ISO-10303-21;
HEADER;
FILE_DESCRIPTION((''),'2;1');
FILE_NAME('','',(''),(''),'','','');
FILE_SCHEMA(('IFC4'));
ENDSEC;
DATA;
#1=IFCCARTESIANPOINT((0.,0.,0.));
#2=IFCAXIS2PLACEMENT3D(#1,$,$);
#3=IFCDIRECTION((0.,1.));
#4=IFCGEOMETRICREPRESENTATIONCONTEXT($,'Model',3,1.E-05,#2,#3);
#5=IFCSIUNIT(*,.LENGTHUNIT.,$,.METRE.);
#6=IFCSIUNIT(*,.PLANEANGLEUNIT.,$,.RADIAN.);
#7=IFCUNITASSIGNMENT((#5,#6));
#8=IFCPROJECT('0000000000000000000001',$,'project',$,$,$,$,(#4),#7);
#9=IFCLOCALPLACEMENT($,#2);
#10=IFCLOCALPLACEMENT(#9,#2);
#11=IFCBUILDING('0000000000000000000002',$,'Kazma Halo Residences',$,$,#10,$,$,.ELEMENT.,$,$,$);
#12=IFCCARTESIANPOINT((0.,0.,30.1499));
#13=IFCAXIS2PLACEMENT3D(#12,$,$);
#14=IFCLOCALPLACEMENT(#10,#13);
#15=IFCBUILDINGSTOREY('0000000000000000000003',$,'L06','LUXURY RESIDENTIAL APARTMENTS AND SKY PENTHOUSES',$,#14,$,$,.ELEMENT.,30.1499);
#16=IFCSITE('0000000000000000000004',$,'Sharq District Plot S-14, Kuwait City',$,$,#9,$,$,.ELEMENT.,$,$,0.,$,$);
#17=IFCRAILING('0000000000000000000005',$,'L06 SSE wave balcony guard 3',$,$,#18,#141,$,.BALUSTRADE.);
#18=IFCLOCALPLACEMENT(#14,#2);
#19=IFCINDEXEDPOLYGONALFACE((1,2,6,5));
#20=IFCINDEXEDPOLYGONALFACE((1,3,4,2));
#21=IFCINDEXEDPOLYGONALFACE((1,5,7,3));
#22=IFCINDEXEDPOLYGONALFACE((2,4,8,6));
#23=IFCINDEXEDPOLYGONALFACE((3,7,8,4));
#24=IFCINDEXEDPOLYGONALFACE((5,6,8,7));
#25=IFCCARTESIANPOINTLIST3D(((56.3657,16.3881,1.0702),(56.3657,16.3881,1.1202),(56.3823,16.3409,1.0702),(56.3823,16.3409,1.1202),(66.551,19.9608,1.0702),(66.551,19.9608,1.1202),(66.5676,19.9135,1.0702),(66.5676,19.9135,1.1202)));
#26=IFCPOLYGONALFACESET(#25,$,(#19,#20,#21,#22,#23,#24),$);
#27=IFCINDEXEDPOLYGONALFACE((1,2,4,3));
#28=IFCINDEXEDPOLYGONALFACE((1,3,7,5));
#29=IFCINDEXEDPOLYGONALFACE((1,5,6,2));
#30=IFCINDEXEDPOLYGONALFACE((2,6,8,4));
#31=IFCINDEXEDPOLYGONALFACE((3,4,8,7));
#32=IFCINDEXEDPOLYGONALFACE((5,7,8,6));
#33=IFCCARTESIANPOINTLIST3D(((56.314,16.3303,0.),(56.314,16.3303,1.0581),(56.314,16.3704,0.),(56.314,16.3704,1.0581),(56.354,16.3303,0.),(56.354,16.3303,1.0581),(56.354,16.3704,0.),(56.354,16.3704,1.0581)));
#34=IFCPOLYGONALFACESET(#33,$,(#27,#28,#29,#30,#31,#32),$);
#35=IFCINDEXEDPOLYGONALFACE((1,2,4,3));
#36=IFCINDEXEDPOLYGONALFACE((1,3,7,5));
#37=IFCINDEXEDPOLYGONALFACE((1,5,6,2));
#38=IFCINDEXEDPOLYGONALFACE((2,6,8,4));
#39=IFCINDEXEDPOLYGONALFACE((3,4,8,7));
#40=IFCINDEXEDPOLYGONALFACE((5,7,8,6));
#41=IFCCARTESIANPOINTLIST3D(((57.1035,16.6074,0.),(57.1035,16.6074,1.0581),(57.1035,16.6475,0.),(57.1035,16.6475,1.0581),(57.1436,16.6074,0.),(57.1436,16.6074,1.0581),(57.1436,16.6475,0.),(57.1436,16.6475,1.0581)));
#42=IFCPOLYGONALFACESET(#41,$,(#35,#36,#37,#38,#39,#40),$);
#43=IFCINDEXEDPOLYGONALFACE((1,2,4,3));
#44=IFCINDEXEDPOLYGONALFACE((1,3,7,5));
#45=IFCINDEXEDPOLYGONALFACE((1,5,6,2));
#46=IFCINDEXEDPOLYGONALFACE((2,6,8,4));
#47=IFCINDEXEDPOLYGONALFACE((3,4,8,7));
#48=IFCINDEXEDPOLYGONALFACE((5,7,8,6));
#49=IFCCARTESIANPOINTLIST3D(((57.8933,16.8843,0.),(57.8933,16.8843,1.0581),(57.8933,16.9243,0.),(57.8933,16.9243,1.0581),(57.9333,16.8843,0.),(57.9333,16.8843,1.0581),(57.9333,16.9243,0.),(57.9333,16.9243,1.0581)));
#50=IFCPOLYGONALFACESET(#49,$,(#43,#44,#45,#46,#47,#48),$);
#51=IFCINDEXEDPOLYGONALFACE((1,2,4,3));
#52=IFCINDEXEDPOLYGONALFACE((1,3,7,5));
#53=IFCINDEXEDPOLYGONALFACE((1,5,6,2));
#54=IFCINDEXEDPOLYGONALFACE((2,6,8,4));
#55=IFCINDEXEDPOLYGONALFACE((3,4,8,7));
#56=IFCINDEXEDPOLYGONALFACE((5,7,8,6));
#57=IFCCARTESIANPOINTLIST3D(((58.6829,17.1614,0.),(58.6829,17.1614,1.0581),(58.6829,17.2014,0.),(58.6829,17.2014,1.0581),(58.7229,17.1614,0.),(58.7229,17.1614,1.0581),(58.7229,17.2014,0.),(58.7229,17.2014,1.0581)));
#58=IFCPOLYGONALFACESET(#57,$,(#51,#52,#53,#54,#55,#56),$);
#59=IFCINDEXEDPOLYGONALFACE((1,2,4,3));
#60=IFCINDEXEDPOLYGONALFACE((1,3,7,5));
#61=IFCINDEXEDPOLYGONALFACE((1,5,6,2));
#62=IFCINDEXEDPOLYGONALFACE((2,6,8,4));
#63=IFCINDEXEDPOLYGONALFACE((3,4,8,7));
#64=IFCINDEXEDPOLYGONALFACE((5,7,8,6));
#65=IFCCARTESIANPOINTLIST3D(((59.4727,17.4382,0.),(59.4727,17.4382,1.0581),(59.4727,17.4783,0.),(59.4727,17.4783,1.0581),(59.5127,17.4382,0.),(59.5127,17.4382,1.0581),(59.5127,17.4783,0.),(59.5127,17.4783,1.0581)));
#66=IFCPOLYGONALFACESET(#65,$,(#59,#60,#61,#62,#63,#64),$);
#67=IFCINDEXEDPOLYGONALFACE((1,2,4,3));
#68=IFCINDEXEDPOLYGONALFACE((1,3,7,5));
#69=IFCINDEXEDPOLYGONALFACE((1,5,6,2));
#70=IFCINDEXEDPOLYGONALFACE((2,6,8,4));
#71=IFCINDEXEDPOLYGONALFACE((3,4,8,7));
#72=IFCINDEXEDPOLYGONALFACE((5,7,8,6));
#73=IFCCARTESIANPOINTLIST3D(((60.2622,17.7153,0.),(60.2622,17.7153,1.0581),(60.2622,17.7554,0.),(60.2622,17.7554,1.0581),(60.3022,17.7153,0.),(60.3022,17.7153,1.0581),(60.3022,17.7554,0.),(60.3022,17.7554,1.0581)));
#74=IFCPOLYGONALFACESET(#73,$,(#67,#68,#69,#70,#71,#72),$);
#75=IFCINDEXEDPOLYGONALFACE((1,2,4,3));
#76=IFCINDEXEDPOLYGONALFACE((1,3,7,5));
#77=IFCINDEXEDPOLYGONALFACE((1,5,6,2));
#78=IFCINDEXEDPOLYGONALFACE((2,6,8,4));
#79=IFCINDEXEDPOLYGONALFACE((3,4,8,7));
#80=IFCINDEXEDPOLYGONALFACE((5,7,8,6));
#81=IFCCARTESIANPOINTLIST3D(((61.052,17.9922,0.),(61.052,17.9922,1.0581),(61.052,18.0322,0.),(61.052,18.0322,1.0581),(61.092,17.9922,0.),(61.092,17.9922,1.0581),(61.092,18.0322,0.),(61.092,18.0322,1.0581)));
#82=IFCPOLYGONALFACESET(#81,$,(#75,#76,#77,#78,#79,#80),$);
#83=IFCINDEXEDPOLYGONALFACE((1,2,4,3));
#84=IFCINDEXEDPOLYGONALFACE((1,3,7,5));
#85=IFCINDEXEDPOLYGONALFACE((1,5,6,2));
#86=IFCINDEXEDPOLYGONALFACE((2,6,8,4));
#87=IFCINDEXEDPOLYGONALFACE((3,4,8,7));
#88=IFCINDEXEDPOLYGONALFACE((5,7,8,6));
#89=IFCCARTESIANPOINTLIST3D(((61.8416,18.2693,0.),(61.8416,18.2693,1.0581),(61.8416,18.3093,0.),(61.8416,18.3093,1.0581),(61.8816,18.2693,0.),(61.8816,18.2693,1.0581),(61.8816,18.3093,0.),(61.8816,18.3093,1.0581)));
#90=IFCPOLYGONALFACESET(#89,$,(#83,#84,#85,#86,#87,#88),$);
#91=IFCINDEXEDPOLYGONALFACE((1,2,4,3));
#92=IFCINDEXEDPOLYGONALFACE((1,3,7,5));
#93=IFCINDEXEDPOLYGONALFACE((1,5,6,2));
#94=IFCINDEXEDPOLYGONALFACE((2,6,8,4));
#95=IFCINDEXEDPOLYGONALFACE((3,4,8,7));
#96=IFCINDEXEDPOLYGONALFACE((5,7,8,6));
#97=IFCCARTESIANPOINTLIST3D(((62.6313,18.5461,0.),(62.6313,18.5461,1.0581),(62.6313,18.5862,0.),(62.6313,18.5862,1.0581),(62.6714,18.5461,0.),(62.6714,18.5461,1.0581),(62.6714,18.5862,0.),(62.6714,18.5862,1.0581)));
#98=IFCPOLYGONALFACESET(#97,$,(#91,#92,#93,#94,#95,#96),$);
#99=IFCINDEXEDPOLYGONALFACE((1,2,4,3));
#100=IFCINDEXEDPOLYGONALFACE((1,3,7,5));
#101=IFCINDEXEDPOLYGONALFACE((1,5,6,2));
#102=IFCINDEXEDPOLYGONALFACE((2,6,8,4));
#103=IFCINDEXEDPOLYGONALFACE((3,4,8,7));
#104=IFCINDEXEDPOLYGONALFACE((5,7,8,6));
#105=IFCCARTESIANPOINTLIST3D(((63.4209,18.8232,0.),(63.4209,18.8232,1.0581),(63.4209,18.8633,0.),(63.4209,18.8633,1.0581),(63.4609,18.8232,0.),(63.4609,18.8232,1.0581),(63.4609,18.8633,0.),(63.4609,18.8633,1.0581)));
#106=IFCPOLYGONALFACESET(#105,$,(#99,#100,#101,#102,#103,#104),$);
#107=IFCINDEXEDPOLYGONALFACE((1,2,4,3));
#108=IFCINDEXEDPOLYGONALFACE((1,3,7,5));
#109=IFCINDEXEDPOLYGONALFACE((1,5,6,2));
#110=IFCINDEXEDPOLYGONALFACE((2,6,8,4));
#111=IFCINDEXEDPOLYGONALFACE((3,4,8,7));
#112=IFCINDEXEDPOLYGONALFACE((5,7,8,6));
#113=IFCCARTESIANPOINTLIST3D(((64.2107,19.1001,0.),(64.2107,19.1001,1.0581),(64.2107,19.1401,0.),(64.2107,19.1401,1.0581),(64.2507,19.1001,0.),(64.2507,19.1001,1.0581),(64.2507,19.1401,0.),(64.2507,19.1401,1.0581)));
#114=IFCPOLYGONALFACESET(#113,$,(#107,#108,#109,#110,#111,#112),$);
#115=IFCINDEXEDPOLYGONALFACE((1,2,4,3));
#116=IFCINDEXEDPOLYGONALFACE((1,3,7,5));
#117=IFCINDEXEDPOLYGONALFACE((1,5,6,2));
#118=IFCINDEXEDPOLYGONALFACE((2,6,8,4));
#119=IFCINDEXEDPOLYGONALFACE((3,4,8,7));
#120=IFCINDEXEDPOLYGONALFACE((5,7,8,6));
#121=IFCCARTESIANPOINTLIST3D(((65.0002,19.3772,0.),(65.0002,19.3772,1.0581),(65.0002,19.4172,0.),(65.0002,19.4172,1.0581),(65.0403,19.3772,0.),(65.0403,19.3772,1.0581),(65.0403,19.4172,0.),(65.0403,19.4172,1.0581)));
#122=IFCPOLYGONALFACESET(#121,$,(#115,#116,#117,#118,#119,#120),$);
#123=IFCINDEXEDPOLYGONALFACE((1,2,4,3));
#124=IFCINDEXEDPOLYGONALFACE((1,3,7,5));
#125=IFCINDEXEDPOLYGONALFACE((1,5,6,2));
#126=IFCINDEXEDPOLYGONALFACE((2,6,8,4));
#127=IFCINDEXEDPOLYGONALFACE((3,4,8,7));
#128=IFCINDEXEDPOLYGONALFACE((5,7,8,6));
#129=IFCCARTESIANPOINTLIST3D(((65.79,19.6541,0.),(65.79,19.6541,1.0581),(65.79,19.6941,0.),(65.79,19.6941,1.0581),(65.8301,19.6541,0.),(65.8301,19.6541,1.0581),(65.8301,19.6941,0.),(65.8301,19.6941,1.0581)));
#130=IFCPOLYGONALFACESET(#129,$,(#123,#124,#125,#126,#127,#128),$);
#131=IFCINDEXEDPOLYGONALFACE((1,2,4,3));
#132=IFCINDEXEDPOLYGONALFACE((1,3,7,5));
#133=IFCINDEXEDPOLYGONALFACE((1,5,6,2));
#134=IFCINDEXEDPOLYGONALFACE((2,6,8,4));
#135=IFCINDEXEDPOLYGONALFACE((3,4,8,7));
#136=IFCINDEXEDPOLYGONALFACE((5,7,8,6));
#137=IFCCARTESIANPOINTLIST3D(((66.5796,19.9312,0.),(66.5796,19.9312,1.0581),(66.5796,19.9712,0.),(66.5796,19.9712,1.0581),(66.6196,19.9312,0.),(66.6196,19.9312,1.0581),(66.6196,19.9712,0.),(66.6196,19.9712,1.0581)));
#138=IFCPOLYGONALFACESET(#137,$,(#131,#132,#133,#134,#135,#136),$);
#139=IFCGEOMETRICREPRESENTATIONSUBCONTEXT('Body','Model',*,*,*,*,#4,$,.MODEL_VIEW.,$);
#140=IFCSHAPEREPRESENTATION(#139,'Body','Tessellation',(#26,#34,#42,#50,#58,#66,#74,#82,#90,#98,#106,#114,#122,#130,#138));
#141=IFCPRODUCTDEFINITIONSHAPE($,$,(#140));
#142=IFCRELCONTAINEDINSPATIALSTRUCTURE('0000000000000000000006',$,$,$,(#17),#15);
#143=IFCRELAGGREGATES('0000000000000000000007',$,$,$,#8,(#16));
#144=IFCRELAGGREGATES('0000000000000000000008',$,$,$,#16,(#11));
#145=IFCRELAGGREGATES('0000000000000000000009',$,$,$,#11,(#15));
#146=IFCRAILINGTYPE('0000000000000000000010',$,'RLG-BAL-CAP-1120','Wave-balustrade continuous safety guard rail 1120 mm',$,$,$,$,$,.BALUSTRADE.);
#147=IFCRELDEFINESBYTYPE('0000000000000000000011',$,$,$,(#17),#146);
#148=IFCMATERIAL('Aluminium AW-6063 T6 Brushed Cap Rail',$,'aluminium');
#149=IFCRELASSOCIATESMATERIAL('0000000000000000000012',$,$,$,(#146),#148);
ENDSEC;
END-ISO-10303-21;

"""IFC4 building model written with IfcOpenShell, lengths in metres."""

from ifc_helpers import new_model, si_unit, direction, frame, origin, origin_2d, place, context, subcontext, project, spatial, rectangle, extrude, material, type_object, element, save


model = new_model("IFC4")

# Units and contexts
model_context = context("Model", 3, precision=1e-05, world=origin(), true_north=direction((0.0, 1.0)))
body_context = subcontext(model_context, "Body", "Model", "MODEL_VIEW")
ifc_project = project(units=[si_unit("LENGTHUNIT", "METRE"), si_unit("PLANEANGLEUNIT", "RADIAN")], contexts=[model_context])

# Site, building, storey
site_placement = place(None, origin())
site = spatial("IfcSite", under=ifc_project, at=site_placement, Name="Sharq District Plot S-14, Kuwait City", CompositionType="ELEMENT", RefElevation=0.0)
building_placement = place(site_placement, origin())
building = spatial("IfcBuilding", under=site, at=building_placement, Name="Kazma Halo Residences", CompositionType="ELEMENT")
storey_placement = place(building_placement, frame((0.0, 0.0, 30.1499)))
storey = spatial("IfcBuildingStorey", under=building, at=storey_placement, Name="L06", Description="LUXURY RESIDENTIAL APARTMENTS AND SKY PENTHOUSES", CompositionType="ELEMENT", Elevation=30.1499)

# Railing
ifc_material_1 = material(Name="Aluminium AW-6063 T6 Brushed Cap Rail", Category="aluminium")
railing_type = type_object("IfcRailingType", Name="RLG-BAL-CAP-1120", Description="Wave-balustrade continuous safety guard rail 1120 mm", PredefinedType="BALUSTRADE", material=ifc_material_1)
railing_placement = place(storey_placement, frame((56.334, 16.3503, 0.0)))
element("IfcRailing", 1, at=railing_placement, inside=storey, type_object=railing_type, Name="L06 SSE wave balcony guard 3", PredefinedType="BALUSTRADE", context=body_context, shape_type="SweptSolid", body=[
    extrude(rectangle(XDim=0.05, YDim=0.05, at=origin_2d()), frame((0.04, 0.0142, 1.0952), z_axis=(0.943633, 0.330994, 0.0), x_axis=(-0.330994, 0.943633, 0.0)), (0.0, 0.0, 1.0), 10.7937),
    extrude(rectangle(XDim=0.04, YDim=0.04, at=origin_2d()), origin(), (0.0, 0.0, 1.0), 1.0581),
    extrude(rectangle(XDim=0.04, YDim=0.04, at=origin_2d()), frame((0.7896, 0.2771, 0.0)), (0.0, 0.0, 1.0), 1.0581),
    extrude(rectangle(XDim=0.04, YDim=0.04, at=origin_2d()), frame((1.5793, 0.554, 0.0)), (0.0, 0.0, 1.0), 1.0581),
    extrude(rectangle(XDim=0.04, YDim=0.04, at=origin_2d()), frame((2.3689, 0.8311, 0.0)), (0.0, 0.0, 1.0), 1.0581),
    extrude(rectangle(XDim=0.04, YDim=0.04, at=origin_2d()), frame((3.1587, 1.1079, 0.0)), (0.0, 0.0, 1.0), 1.0581),
    extrude(rectangle(XDim=0.04, YDim=0.04, at=origin_2d()), frame((3.9482, 1.385, 0.0)), (0.0, 0.0, 1.0), 1.0581),
    extrude(rectangle(XDim=0.04, YDim=0.04, at=origin_2d()), frame((4.738, 1.6619, 0.0)), (0.0, 0.0, 1.0), 1.0581),
    extrude(rectangle(XDim=0.04, YDim=0.04, at=origin_2d()), frame((5.5276, 1.939, 0.0)), (0.0, 0.0, 1.0), 1.0581),
    extrude(rectangle(XDim=0.04, YDim=0.04, at=origin_2d()), frame((6.3174, 2.2158, 0.0)), (0.0, 0.0, 1.0), 1.0581),
    extrude(rectangle(XDim=0.04, YDim=0.04, at=origin_2d()), frame((7.1069, 2.4929, 0.0)), (0.0, 0.0, 1.0), 1.0581),
    extrude(rectangle(XDim=0.04, YDim=0.04, at=origin_2d()), frame((7.8967, 2.7698, 0.0)), (0.0, 0.0, 1.0), 1.0581),
    extrude(rectangle(XDim=0.04, YDim=0.04, at=origin_2d()), frame((8.6863, 3.0469, 0.0)), (0.0, 0.0, 1.0), 1.0581),
    extrude(rectangle(XDim=0.04, YDim=0.04, at=origin_2d()), frame((9.4761, 3.3237, 0.0)), (0.0, 0.0, 1.0), 1.0581),
    extrude(rectangle(XDim=0.04, YDim=0.04, at=origin_2d()), frame((10.2656, 3.6008, 0.0)), (0.0, 0.0, 1.0), 1.0581),
])

save(model, "model.ifc")
